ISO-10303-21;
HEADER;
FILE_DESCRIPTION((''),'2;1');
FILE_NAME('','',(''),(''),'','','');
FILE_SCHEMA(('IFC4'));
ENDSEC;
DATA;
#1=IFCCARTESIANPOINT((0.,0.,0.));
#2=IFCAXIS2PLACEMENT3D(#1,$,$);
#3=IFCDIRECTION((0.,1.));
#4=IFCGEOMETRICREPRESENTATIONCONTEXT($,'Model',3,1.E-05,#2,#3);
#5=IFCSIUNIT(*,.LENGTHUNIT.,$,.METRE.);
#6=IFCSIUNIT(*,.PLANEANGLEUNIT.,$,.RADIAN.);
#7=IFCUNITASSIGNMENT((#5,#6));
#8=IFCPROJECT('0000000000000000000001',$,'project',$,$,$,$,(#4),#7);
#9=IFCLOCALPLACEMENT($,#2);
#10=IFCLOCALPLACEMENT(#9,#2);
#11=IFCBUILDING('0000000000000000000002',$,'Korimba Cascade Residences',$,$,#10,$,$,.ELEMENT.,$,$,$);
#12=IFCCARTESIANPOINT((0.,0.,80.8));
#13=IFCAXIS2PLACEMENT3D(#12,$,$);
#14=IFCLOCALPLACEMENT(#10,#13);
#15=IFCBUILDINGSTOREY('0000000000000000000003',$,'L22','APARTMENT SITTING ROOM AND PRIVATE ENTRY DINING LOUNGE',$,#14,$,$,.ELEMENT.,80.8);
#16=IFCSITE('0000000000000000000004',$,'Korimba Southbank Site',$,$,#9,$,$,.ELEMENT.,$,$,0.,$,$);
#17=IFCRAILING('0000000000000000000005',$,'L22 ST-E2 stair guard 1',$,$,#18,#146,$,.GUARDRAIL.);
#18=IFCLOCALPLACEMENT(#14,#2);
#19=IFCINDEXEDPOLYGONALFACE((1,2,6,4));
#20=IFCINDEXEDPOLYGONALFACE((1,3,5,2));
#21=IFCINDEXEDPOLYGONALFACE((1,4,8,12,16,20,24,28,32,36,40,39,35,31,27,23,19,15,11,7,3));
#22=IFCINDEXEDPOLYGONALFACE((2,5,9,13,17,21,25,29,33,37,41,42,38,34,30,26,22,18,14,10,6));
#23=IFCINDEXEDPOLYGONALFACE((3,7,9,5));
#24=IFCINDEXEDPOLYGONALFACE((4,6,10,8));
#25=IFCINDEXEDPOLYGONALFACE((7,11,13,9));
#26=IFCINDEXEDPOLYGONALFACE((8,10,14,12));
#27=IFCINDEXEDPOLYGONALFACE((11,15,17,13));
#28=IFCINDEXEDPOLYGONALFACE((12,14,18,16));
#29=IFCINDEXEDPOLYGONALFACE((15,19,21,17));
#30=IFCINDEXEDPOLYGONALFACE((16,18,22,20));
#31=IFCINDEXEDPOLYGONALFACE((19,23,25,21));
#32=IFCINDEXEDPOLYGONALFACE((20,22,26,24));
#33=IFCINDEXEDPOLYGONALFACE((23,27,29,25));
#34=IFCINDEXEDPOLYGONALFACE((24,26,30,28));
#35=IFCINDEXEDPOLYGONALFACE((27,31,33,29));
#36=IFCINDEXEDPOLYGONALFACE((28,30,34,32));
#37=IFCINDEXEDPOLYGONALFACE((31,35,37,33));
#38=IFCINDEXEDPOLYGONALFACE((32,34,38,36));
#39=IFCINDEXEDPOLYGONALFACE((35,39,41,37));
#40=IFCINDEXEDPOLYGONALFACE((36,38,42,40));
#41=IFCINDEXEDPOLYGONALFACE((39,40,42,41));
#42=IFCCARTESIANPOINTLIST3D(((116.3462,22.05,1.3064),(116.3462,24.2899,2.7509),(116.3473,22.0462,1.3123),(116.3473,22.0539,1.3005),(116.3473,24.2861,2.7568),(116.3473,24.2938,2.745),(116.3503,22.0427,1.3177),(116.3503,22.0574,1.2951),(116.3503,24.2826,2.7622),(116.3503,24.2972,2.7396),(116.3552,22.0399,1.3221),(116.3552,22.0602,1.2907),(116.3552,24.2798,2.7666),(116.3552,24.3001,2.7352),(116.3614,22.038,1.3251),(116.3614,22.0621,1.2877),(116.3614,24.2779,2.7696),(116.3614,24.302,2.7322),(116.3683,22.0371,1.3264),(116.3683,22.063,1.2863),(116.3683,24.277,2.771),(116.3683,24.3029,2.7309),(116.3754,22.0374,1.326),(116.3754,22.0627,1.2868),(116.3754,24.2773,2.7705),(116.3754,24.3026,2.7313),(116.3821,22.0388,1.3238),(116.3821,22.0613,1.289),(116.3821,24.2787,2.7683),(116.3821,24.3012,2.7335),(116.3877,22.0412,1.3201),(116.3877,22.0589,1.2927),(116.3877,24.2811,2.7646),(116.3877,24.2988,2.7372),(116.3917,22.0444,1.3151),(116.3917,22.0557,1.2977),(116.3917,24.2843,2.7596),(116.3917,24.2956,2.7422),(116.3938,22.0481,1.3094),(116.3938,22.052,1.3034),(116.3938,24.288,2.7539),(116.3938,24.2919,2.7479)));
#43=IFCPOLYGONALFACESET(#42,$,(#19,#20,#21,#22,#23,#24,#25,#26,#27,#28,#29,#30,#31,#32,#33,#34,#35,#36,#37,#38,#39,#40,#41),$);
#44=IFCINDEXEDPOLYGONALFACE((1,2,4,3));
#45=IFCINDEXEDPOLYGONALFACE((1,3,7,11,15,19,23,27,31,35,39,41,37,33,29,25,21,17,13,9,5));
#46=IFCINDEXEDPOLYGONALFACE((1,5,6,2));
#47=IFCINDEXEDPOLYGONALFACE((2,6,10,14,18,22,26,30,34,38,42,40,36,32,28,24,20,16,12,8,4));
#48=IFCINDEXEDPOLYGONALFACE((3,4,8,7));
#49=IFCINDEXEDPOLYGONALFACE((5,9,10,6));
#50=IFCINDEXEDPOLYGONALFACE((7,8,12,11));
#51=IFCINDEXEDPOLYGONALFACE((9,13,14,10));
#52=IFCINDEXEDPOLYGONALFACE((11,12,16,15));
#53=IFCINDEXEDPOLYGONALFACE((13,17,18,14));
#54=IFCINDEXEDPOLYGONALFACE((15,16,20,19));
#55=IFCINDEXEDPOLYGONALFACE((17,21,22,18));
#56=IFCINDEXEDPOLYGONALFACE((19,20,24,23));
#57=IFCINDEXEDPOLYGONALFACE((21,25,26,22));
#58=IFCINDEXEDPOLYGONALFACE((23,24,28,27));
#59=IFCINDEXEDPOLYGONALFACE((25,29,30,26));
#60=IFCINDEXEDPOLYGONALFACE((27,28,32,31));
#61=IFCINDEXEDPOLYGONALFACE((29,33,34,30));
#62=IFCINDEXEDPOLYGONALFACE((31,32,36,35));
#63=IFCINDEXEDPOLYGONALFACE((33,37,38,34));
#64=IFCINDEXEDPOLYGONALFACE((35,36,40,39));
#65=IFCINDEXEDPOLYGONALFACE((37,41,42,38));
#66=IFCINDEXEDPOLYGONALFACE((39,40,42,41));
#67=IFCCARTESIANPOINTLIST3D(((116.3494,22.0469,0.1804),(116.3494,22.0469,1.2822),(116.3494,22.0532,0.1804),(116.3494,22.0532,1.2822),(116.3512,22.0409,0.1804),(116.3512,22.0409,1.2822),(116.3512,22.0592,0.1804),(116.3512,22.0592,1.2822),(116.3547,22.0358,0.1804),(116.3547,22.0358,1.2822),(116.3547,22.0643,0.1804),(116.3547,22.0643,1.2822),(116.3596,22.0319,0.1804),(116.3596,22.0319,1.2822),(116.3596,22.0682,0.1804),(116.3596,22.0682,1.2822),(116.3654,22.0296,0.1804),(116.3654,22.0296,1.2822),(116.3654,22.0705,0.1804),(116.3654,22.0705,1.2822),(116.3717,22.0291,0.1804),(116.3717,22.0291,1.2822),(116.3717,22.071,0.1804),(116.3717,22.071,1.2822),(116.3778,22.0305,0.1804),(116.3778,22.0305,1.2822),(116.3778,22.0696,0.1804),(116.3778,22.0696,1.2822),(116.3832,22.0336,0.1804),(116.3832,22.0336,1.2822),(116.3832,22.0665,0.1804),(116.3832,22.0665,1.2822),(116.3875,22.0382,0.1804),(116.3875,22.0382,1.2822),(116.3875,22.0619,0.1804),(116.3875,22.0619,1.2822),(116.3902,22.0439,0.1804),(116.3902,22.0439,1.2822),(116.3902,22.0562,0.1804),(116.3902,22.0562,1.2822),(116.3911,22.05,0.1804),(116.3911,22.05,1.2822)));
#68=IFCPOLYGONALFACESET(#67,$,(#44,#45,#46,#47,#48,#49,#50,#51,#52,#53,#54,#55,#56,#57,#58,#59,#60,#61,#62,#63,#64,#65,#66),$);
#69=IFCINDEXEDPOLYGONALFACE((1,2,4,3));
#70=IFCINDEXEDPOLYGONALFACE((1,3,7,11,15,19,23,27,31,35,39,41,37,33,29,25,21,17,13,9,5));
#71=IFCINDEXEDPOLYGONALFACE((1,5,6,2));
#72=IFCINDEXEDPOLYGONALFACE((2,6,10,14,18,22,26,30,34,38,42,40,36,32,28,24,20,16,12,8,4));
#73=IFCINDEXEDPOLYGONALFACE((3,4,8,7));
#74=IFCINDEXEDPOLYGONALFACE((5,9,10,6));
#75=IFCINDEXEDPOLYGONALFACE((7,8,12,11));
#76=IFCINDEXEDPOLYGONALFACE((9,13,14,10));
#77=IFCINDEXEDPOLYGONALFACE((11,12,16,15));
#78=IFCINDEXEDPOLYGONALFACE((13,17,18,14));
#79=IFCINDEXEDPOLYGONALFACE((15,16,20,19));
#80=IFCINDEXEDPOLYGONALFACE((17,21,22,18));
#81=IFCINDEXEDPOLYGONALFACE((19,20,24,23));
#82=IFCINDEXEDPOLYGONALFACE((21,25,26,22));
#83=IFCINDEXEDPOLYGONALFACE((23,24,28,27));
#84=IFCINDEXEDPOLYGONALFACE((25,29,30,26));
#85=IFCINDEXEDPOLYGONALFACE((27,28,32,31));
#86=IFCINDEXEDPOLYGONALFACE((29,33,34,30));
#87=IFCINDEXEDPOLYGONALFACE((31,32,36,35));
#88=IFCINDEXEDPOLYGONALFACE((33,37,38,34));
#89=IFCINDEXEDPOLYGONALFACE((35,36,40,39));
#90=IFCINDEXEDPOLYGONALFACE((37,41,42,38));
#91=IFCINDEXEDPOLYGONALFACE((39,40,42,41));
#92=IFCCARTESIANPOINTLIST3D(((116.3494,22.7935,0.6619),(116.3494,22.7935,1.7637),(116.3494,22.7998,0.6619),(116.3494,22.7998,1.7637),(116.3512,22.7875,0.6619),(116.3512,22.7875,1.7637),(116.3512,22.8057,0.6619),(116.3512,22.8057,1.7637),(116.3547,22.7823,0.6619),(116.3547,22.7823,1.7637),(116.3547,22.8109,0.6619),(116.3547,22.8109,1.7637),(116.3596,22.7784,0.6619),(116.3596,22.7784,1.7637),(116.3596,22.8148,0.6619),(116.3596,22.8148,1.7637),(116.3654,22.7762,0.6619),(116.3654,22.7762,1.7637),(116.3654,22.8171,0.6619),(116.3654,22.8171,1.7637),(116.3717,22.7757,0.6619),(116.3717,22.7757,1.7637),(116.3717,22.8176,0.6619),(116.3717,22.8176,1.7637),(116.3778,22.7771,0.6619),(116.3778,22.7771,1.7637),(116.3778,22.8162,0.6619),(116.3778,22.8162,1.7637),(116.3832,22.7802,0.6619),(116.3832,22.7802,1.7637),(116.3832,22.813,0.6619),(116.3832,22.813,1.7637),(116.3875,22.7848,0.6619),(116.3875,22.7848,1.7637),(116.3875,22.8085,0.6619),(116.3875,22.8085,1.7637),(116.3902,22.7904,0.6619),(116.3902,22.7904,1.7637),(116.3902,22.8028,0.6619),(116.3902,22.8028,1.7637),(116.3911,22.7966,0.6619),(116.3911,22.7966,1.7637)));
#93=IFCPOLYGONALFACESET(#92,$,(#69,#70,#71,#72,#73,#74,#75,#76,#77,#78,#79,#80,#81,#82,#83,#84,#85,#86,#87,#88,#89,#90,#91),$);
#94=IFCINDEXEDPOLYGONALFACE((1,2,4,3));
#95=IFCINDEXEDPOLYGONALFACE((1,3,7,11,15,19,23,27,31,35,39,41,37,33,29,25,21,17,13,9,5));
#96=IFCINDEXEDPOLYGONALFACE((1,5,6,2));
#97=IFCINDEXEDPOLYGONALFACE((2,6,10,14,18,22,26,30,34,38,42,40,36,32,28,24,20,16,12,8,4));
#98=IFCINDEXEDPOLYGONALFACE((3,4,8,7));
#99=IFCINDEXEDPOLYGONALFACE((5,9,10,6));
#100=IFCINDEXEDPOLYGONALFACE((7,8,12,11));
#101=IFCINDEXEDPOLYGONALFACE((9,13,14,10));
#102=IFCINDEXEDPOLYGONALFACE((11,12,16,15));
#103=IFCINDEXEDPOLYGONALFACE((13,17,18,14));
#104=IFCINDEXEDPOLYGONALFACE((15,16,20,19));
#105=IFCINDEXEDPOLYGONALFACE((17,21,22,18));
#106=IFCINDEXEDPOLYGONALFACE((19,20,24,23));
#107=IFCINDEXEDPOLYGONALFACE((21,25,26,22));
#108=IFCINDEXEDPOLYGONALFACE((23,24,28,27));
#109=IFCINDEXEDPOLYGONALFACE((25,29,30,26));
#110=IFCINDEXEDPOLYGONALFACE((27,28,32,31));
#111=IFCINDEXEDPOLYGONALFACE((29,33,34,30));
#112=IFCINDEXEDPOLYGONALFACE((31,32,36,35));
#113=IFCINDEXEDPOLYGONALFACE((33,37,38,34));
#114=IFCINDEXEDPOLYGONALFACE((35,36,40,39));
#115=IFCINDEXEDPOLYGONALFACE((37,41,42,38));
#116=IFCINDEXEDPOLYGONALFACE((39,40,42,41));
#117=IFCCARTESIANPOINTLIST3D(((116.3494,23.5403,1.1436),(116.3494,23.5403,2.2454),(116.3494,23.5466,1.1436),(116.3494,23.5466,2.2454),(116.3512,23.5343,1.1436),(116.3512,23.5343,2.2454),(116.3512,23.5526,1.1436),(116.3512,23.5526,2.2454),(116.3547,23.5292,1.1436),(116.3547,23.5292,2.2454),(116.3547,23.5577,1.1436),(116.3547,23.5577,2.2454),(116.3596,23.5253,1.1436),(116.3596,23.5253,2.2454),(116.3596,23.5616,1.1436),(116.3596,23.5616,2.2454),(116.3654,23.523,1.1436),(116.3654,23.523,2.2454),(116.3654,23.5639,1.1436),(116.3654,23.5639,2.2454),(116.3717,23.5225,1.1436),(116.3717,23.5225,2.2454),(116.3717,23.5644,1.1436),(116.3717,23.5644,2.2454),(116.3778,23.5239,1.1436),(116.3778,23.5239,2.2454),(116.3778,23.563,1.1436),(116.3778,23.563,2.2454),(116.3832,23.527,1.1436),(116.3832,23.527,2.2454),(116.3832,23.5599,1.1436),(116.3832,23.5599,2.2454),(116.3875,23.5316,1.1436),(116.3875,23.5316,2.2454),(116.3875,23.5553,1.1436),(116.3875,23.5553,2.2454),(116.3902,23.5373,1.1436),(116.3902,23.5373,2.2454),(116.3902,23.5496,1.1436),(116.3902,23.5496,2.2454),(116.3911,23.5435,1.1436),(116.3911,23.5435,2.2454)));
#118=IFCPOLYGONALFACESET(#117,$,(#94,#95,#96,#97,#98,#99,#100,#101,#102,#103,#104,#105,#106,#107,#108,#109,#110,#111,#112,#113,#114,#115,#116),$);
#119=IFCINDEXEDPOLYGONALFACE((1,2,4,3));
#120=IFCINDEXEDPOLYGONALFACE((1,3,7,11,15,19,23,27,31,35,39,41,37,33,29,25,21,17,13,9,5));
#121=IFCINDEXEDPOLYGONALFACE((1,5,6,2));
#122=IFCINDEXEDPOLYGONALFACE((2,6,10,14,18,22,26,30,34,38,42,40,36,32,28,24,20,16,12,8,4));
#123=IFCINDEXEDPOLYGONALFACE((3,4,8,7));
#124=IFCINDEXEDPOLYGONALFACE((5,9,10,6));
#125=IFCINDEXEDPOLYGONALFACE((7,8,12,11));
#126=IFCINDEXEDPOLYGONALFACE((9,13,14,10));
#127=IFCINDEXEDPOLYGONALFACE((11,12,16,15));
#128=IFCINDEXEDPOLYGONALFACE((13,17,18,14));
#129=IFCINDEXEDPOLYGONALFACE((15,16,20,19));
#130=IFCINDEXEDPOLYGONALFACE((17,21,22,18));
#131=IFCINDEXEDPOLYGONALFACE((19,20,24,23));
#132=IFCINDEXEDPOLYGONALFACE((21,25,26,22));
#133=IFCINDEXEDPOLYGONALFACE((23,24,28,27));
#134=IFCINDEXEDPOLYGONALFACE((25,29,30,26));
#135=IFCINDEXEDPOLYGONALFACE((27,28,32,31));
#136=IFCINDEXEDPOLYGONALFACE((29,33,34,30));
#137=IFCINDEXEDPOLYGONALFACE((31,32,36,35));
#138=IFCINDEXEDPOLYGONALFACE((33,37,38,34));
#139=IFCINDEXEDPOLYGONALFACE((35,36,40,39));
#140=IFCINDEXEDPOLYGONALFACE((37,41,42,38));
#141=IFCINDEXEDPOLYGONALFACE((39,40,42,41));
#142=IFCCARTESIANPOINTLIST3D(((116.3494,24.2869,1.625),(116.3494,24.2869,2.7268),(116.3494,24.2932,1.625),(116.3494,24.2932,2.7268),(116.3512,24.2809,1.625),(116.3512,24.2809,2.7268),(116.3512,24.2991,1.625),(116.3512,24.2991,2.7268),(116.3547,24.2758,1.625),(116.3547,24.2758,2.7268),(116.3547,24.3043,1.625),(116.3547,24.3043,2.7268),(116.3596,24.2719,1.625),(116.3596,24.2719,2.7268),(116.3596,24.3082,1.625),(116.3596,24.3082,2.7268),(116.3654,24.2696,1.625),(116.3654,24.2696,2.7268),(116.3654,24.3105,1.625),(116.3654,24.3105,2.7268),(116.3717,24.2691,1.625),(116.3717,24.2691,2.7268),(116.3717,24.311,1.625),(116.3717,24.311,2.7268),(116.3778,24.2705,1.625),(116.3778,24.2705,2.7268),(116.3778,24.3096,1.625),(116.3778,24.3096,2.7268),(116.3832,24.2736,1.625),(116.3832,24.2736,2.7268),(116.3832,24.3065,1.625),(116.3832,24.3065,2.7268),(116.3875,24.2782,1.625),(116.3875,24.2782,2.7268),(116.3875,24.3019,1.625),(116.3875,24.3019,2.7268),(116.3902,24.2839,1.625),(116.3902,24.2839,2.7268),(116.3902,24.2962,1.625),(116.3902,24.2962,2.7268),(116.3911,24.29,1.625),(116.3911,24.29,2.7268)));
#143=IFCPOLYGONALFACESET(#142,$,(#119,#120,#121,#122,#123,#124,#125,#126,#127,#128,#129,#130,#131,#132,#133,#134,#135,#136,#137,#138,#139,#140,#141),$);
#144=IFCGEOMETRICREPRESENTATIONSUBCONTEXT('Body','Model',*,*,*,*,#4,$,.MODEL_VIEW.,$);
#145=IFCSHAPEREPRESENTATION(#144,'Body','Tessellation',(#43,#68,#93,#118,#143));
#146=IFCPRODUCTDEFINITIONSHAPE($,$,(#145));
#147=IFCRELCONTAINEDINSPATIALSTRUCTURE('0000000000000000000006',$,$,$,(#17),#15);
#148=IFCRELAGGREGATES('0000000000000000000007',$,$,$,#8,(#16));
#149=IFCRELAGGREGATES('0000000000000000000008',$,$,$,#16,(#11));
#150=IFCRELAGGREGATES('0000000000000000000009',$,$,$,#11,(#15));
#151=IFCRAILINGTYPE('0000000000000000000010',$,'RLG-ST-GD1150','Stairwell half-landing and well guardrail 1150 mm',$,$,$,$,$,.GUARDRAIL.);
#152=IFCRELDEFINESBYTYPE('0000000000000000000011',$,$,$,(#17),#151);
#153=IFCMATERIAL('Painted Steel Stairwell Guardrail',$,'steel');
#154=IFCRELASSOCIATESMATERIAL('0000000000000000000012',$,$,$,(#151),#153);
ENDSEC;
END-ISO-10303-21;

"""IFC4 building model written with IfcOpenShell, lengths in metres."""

from ifc_helpers import new_model, si_unit, direction, frame, origin, origin_2d, place, context, subcontext, project, spatial, circle, extrude, material, type_object, element, save


model = new_model("IFC4")

# Units and contexts
model_context = context("Model", 3, precision=1e-05, world=origin(), true_north=direction((0.0, 1.0)))
body_context = subcontext(model_context, "Body", "Model", "MODEL_VIEW")
ifc_project = project(units=[si_unit("LENGTHUNIT", "METRE"), si_unit("PLANEANGLEUNIT", "RADIAN")], contexts=[model_context])

# Site, building, storey
site_placement = place(None, origin())
site = spatial("IfcSite", under=ifc_project, at=site_placement, Name="Korimba Southbank Site", CompositionType="ELEMENT", RefElevation=0.0)
building_placement = place(site_placement, origin())
building = spatial("IfcBuilding", under=site, at=building_placement, Name="Korimba Cascade Residences", CompositionType="ELEMENT")
storey_placement = place(building_placement, frame((0.0, 0.0, 80.8)))
storey = spatial("IfcBuildingStorey", under=building, at=storey_placement, Name="L22", Description="APARTMENT SITTING ROOM AND PRIVATE ENTRY DINING LOUNGE", CompositionType="ELEMENT", Elevation=80.8)

# Railing
ifc_material_1 = material(Name="Painted Steel Stairwell Guardrail", Category="steel")
railing_type_1 = type_object("IfcRailingType", Name="RLG-ST-GD1150", Description="Stairwell half-landing and well guardrail 1150 mm", PredefinedType="GUARDRAIL", material=ifc_material_1)
railing_1_placement = place(storey_placement, frame((116.3701, 22.05, 0.1804)))
element("IfcRailing", 1, at=railing_1_placement, inside=storey, type_object=railing_type_1, Name="L22 ST-E2 stair guard 1", PredefinedType="GUARDRAIL", context=body_context, shape_type="SweptSolid", body=[
    extrude(circle(Radius=0.0239, at=origin_2d()), frame((0.0, 0.0, 1.126), z_axis=(0.0, 0.840395, 0.541975), x_axis=(-1.0, 0.0, 0.0)), (0.0, 0.0, 1.0), 2.6653),
    extrude(circle(Radius=0.021, at=origin_2d()), origin(), (0.0, 0.0, 1.0), 1.1018),
    extrude(circle(Radius=0.021, at=origin_2d()), frame((0.0, 0.7466, 0.4814)), (0.0, 0.0, 1.0), 1.1018),
    extrude(circle(Radius=0.021, at=origin_2d()), frame((0.0, 1.4934, 0.9631)), (0.0, 0.0, 1.0), 1.1018),
    extrude(circle(Radius=0.021, at=origin_2d()), frame((0.0, 2.24, 1.4446)), (0.0, 0.0, 1.0), 1.1018),
])

save(model, "model.ifc")
